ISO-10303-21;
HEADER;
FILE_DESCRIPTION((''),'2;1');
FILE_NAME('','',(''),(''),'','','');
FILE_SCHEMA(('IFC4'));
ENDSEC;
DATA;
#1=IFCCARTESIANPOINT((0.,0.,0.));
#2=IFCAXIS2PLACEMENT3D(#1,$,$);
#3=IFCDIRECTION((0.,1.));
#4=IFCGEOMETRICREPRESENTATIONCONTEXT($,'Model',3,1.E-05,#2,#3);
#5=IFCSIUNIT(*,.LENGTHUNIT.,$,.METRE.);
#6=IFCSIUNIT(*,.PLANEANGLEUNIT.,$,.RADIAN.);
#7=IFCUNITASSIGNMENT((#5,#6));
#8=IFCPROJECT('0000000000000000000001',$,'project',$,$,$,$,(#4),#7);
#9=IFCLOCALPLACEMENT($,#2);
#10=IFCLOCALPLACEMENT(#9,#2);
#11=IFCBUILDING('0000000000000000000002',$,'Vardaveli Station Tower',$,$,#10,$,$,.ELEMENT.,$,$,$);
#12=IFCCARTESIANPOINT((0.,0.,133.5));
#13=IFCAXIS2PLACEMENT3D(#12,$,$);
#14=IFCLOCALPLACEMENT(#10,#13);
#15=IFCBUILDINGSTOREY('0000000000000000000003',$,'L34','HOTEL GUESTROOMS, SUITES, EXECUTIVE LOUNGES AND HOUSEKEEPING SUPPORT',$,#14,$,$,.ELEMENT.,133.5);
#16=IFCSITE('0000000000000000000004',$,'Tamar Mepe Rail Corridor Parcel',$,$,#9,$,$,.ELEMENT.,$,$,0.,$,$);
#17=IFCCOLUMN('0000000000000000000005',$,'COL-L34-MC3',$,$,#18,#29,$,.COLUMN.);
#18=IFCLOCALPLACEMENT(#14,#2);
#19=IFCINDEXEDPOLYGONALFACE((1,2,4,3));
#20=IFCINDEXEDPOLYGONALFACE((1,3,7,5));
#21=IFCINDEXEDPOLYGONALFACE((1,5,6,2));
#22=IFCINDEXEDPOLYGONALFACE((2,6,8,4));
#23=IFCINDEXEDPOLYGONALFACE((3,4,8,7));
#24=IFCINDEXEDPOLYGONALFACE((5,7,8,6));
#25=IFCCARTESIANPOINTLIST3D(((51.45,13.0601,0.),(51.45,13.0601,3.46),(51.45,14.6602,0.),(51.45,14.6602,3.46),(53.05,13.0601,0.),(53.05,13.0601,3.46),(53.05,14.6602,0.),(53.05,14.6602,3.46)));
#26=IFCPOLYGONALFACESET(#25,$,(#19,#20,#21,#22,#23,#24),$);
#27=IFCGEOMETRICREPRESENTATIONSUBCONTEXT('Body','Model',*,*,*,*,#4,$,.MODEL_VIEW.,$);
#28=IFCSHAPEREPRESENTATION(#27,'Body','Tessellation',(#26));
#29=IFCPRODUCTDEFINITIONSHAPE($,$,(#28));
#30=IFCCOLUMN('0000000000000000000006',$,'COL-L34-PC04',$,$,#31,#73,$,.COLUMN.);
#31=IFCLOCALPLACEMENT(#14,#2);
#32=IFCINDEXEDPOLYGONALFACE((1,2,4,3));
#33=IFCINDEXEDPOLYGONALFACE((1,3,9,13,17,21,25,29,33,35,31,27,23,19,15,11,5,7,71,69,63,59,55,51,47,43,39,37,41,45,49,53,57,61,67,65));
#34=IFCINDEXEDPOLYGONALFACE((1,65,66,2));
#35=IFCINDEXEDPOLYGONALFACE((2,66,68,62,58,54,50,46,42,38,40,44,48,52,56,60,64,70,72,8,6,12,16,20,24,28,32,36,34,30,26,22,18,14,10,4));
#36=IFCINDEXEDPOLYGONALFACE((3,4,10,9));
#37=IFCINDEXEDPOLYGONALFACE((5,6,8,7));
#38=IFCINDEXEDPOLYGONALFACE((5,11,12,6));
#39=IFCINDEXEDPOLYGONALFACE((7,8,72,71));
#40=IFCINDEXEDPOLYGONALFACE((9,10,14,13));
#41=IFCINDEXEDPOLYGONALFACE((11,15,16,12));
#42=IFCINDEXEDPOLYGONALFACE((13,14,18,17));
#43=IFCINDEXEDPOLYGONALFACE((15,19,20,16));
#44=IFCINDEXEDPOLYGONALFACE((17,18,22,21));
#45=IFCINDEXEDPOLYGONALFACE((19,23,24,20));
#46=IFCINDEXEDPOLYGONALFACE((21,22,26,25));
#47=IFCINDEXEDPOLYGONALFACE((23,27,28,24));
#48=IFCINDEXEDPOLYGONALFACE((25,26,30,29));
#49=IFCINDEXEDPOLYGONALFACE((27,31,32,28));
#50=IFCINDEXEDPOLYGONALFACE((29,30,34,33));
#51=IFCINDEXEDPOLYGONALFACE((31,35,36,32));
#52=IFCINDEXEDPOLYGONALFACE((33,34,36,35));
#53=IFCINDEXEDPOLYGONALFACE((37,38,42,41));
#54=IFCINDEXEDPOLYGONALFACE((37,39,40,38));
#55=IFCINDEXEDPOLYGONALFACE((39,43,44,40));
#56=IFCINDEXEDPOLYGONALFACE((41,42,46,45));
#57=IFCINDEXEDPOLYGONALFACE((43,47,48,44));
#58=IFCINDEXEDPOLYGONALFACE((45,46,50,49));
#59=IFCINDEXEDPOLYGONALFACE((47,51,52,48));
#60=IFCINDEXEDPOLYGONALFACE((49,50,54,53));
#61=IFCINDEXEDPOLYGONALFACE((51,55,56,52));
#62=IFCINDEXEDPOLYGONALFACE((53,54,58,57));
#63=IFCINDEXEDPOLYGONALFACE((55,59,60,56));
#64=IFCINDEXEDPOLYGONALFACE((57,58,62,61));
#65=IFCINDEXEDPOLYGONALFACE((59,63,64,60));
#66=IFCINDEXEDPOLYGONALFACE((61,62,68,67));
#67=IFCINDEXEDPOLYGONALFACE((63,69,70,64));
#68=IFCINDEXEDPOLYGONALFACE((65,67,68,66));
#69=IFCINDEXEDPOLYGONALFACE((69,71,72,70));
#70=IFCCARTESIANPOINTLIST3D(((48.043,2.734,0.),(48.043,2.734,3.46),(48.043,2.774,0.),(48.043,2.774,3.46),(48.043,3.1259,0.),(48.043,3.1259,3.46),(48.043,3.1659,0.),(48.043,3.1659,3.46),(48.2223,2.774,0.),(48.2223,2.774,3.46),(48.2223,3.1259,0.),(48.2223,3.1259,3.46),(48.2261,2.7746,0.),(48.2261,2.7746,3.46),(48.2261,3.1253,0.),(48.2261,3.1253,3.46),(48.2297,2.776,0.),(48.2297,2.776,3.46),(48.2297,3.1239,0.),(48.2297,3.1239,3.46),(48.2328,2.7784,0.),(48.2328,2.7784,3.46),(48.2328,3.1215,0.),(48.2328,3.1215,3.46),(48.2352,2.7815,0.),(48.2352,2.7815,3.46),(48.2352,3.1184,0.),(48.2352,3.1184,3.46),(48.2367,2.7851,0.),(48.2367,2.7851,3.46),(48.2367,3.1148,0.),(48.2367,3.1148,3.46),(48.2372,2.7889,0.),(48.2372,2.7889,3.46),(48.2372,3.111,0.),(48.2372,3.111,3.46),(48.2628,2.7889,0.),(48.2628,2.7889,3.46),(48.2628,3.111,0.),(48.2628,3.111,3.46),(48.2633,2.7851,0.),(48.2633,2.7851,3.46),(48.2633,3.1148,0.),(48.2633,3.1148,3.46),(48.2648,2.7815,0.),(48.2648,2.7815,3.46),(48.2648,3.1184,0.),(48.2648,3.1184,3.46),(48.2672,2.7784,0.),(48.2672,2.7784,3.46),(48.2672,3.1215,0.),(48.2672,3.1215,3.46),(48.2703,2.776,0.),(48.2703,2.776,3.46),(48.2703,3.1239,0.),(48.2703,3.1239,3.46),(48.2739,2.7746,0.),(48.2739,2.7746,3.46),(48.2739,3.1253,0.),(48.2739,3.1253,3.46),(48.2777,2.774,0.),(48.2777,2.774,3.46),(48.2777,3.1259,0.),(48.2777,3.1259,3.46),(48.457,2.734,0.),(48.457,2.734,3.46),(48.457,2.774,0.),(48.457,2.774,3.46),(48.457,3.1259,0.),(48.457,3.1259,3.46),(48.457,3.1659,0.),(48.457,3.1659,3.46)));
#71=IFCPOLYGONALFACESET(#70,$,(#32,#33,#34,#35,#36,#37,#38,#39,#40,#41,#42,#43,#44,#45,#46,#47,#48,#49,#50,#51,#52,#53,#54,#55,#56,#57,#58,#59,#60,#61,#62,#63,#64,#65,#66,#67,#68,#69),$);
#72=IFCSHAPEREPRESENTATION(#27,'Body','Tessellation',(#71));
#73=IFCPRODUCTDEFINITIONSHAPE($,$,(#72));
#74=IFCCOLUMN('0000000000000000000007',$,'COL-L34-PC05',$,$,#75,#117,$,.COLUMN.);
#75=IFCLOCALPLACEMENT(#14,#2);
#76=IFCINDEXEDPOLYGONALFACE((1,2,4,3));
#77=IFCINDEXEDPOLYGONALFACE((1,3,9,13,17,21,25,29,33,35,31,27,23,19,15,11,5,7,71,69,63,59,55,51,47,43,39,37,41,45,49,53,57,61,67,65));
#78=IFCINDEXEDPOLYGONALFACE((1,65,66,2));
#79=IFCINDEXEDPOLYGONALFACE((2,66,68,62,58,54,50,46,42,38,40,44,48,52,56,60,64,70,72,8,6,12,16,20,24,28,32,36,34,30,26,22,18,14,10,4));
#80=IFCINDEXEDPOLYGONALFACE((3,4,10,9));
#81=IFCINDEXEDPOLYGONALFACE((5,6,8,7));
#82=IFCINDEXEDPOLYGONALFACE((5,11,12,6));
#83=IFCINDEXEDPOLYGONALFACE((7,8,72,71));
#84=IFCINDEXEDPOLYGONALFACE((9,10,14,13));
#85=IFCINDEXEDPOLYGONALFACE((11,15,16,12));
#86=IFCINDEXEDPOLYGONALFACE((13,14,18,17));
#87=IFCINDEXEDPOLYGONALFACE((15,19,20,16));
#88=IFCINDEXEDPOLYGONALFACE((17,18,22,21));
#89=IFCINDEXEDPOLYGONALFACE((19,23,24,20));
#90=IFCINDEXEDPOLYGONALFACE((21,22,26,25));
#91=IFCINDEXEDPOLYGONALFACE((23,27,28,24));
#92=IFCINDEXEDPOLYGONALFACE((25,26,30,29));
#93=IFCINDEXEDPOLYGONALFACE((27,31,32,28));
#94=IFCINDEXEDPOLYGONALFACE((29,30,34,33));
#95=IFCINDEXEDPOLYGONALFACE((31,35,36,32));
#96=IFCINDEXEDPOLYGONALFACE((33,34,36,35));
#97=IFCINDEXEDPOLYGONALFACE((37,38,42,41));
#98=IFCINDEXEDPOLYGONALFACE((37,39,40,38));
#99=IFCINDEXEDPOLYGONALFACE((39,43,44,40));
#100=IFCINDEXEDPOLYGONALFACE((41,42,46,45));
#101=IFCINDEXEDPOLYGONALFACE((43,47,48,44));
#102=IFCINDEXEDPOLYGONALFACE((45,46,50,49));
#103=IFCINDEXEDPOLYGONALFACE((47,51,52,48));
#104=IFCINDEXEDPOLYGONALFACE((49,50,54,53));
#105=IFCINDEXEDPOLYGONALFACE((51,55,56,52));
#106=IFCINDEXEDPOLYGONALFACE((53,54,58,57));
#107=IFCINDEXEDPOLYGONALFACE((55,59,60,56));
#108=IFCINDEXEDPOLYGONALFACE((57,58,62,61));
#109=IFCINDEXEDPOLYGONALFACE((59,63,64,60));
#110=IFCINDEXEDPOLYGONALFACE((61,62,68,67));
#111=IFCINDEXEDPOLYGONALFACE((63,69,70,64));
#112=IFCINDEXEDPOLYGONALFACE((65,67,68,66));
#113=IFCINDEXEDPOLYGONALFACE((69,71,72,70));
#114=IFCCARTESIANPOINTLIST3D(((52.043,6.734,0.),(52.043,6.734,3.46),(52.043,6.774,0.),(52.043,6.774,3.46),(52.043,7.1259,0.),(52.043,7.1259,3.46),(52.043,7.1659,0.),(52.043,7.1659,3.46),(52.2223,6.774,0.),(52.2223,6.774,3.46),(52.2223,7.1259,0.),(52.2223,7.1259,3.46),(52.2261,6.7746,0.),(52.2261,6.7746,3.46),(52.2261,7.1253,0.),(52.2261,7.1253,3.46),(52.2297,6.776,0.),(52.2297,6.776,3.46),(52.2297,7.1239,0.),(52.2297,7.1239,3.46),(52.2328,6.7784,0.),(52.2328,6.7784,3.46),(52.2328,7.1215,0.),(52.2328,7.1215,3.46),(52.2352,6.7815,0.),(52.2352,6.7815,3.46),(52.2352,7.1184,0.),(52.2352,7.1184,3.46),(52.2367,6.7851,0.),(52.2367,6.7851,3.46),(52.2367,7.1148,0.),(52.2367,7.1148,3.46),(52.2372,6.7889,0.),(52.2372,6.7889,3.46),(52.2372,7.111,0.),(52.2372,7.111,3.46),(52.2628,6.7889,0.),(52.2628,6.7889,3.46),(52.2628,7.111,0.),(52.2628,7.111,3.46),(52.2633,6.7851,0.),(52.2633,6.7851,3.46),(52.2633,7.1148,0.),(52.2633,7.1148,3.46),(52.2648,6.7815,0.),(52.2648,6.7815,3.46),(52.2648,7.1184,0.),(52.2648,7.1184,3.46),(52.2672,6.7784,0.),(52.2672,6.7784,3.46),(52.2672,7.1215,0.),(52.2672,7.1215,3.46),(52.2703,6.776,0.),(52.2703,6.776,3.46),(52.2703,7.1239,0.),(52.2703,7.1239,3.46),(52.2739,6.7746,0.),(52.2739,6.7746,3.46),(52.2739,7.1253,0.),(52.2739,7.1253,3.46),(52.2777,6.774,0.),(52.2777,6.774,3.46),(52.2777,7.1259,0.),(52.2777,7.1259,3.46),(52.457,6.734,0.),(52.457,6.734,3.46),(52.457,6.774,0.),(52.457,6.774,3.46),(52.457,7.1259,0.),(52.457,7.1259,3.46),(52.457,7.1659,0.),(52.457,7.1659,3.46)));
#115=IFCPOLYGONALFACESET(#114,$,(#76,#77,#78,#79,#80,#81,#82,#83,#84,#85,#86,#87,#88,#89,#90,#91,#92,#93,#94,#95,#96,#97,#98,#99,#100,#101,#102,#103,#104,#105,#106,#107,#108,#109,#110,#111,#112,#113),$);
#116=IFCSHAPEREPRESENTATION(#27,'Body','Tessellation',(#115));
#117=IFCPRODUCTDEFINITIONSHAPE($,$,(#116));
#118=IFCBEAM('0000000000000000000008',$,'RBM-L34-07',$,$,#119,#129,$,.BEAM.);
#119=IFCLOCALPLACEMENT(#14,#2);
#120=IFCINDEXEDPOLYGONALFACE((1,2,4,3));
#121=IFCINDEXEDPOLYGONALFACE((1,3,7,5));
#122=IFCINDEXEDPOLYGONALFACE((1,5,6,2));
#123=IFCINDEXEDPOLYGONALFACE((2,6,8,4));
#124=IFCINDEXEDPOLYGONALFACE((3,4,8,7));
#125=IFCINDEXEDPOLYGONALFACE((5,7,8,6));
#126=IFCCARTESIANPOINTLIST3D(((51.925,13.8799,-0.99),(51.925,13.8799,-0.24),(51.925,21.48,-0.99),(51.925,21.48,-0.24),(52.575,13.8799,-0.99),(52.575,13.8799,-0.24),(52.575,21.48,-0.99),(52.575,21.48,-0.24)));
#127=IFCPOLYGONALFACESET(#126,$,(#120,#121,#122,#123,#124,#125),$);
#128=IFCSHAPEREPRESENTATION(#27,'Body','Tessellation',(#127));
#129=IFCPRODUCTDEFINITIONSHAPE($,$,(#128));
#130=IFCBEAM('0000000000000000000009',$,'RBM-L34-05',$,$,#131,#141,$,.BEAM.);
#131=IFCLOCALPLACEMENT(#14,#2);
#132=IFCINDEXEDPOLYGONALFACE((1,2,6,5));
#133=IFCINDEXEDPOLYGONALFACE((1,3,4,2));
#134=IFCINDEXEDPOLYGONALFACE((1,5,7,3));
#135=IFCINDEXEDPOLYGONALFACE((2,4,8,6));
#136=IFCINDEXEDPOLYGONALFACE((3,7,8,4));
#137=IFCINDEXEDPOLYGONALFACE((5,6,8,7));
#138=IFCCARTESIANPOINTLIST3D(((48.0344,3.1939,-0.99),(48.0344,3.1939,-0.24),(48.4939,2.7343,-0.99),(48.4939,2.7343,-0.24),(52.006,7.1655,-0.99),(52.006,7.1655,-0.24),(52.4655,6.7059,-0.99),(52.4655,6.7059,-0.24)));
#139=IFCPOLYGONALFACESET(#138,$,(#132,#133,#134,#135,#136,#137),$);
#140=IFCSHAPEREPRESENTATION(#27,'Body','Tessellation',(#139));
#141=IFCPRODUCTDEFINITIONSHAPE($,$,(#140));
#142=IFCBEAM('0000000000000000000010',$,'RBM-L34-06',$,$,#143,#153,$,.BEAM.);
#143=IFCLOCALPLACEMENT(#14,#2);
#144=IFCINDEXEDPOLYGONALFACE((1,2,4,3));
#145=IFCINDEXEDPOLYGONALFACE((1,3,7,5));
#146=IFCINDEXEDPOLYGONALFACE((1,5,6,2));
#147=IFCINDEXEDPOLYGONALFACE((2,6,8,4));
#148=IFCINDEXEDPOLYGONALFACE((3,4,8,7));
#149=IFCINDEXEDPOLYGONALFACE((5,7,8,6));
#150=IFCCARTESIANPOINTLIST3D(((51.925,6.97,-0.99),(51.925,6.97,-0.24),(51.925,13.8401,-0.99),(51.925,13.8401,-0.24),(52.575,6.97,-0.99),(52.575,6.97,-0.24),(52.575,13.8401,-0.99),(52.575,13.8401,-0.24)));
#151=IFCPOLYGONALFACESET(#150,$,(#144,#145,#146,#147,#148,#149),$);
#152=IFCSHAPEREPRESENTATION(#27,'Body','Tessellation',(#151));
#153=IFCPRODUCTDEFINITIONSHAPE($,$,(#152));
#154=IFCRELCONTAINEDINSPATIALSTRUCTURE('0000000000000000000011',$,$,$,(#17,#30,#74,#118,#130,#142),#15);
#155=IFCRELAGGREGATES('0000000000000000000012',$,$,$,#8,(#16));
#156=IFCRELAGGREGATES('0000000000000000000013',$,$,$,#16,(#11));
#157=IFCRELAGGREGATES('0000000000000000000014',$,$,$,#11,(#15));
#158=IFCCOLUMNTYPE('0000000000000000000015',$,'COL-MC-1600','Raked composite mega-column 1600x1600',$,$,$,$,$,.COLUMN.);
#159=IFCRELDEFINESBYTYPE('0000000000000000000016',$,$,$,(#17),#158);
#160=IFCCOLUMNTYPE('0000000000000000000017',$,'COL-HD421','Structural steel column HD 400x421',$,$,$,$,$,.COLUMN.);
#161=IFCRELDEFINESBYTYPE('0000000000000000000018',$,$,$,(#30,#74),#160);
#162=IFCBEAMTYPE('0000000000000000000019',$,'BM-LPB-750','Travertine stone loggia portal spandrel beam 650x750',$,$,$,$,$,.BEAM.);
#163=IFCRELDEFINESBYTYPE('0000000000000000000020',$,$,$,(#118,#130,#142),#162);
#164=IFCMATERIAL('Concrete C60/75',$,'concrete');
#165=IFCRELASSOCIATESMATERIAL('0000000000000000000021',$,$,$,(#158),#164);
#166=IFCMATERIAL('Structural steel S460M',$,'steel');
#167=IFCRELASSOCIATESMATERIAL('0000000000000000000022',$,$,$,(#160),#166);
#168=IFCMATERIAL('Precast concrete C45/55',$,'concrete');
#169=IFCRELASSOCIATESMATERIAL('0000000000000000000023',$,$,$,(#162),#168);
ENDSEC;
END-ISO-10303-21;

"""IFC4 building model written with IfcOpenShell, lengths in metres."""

from ifc_helpers import new_model, si_unit, direction, frame, origin, origin_2d, place, context, subcontext, project, spatial, rectangle, i_section, extrude, source, transform, mapped, material, material_profile, profile_set, type_object, element, save


model = new_model("IFC4")

# Units and contexts
model_context = context("Model", 3, precision=1e-05, world=origin(), true_north=direction((0.0, 1.0)))
body_context = subcontext(model_context, "Body", "Model", "MODEL_VIEW")
ifc_project = project(units=[si_unit("LENGTHUNIT", "METRE"), si_unit("PLANEANGLEUNIT", "RADIAN")], contexts=[model_context])

# Site, building, storey
site_placement = place(None, origin())
site = spatial("IfcSite", under=ifc_project, at=site_placement, Name="Tamar Mepe Rail Corridor Parcel", CompositionType="ELEMENT", RefElevation=0.0)
building_placement = place(site_placement, origin())
building = spatial("IfcBuilding", under=site, at=building_placement, Name="Vardaveli Station Tower", CompositionType="ELEMENT")
storey_placement = place(building_placement, frame((0.0, 0.0, 133.5)))
storey = spatial("IfcBuildingStorey", under=building, at=storey_placement, Name="L34", Description="HOTEL GUESTROOMS, SUITES, EXECUTIVE LOUNGES AND HOUSEKEEPING SUPPORT", CompositionType="ELEMENT", Elevation=133.5)

# Columns
ifc_material_1 = material(Name="Concrete C60/75", Category="concrete")
ifc_material_profile_1 = material_profile(ifc_material_1, rectangle(XDim=1.6001, YDim=1.6001, at=origin_2d()), Name="MC 1600x1600")
ifc_profile_set_1 = profile_set([ifc_material_profile_1], Name="Concrete C60/75")
column_type_1 = type_object("IfcColumnType", Name="COL-MC-1600", Description="Raked composite mega-column 1600x1600", PredefinedType="COLUMN", material=ifc_profile_set_1)
shared_shape_1 = source(origin(), body_context, "Body", "SweptSolid", [
    extrude(rectangle(XDim=1.6001, YDim=1.6001, at=origin_2d()), origin(), (0.0, 0.0, 1.0), 3.46),
])
column_placement = place(storey_placement, frame((52.25, 13.8601, 0.0), z_axis=(0.0, 0.0, 1.0), x_axis=(1.0, 0.0, 0.0)))
element("IfcColumn", 1, at=column_placement, inside=storey, type_object=column_type_1, Name="COL-L34-MC3", PredefinedType="COLUMN", context=body_context, shape_type="MappedRepresentation", body=[
    mapped(shared_shape_1, transform((0.0, 0.0, 0.0), scale=1.0)),
])
ifc_material_2 = material(Name="Structural steel S460M", Category="steel")
ifc_material_profile_2 = material_profile(ifc_material_2, i_section(OverallWidth=0.4141, OverallDepth=0.4319, WebThickness=0.0256, FlangeThickness=0.04, FilletRadius=0.0149, at=origin_2d()), Name="HD 400x421")
ifc_profile_set_2 = profile_set([ifc_material_profile_2], Name="Structural steel S460M")
column_type_2 = type_object("IfcColumnType", Name="COL-HD421", Description="Structural steel column HD 400x421", PredefinedType="COLUMN", material=ifc_profile_set_2)
shared_shape_2 = source(origin(), body_context, "Body", "SweptSolid", [
    extrude(i_section(OverallWidth=0.4141, OverallDepth=0.4319, WebThickness=0.0256, FlangeThickness=0.04, FilletRadius=0.0149, at=origin_2d()), origin(), (0.0, 0.0, 1.0), 3.46),
])
for number, where, z_axis, x_axis, name in (
    (2, (48.25, 2.95, 0.0), (0.0, 0.0, 1.0), (1.0, 0.0, 0.0), "COL-L34-PC04"),
    (3, (52.25, 6.95, 0.0), (0.0, 0.0, 1.0), (1.0, 0.0, 0.0), "COL-L34-PC05"),
):
    element("IfcColumn", number, at=place(storey_placement, frame(where, z_axis=z_axis, x_axis=x_axis)), inside=storey, type_object=column_type_2, Name=name, PredefinedType="COLUMN", context=body_context, shape_type="MappedRepresentation", body=[
        mapped(shared_shape_2, transform((0.0, 0.0, 0.0), scale=1.0)),
    ])

# Beams
ifc_material_3 = material(Name="Precast concrete C45/55", Category="concrete")
ifc_material_profile_3 = material_profile(ifc_material_3, rectangle(XDim=0.6499, YDim=0.75, at=origin_2d()), Name="LPB 650x750")
ifc_profile_set_3 = profile_set([ifc_material_profile_3], Name="Precast concrete C45/55")
beam_type_1 = type_object("IfcBeamType", Name="BM-LPB-750", Description="Travertine stone loggia portal spandrel beam 650x750", PredefinedType="BEAM", material=ifc_profile_set_3)
shared_shape_3 = source(origin(), body_context, "Body", "SweptSolid", [
    extrude(rectangle(XDim=0.6499, YDim=0.75, at=origin_2d()), origin(), (0.0, 0.0, 1.0), 7.6001),
])
beam_1_placement = place(storey_placement, frame((52.25, 13.8799, -0.615), z_axis=(0.0, 1.0, 0.0), x_axis=(-1.0, 0.0, 0.0)))
element("IfcBeam", 4, at=beam_1_placement, inside=storey, type_object=beam_type_1, Name="RBM-L34-07", PredefinedType="BEAM", context=body_context, shape_type="MappedRepresentation", body=[
    mapped(shared_shape_3, transform((0.0, 0.0, 0.0), scale=1.0)),
])
shared_shape_4 = source(origin(), body_context, "Body", "SweptSolid", [
    extrude(rectangle(XDim=0.6499, YDim=0.75, at=origin_2d()), origin(), (0.0, 0.0, 1.0), 5.6167),
])
beam_2_placement = place(storey_placement, frame((48.2642, 2.9641, -0.615), z_axis=(0.707107, 0.707107, 0.0), x_axis=(-0.707107, 0.707107, 0.0)))
element("IfcBeam", 5, at=beam_2_placement, inside=storey, type_object=beam_type_1, Name="RBM-L34-05", PredefinedType="BEAM", context=body_context, shape_type="MappedRepresentation", body=[
    mapped(shared_shape_4, transform((0.0, 0.0, 0.0), scale=1.0)),
])
shared_shape_5 = source(origin(), body_context, "Body", "SweptSolid", [
    extrude(rectangle(XDim=0.6499, YDim=0.75, at=origin_2d()), origin(), (0.0, 0.0, 1.0), 6.8701),
])
beam_3_placement = place(storey_placement, frame((52.25, 6.97, -0.615), z_axis=(0.0, 1.0, 0.0), x_axis=(-1.0, 0.0, 0.0)))
element("IfcBeam", 6, at=beam_3_placement, inside=storey, type_object=beam_type_1, Name="RBM-L34-06", PredefinedType="BEAM", context=body_context, shape_type="MappedRepresentation", body=[
    mapped(shared_shape_5, transform((0.0, 0.0, 0.0), scale=1.0)),
])

save(model, "model.ifc")
